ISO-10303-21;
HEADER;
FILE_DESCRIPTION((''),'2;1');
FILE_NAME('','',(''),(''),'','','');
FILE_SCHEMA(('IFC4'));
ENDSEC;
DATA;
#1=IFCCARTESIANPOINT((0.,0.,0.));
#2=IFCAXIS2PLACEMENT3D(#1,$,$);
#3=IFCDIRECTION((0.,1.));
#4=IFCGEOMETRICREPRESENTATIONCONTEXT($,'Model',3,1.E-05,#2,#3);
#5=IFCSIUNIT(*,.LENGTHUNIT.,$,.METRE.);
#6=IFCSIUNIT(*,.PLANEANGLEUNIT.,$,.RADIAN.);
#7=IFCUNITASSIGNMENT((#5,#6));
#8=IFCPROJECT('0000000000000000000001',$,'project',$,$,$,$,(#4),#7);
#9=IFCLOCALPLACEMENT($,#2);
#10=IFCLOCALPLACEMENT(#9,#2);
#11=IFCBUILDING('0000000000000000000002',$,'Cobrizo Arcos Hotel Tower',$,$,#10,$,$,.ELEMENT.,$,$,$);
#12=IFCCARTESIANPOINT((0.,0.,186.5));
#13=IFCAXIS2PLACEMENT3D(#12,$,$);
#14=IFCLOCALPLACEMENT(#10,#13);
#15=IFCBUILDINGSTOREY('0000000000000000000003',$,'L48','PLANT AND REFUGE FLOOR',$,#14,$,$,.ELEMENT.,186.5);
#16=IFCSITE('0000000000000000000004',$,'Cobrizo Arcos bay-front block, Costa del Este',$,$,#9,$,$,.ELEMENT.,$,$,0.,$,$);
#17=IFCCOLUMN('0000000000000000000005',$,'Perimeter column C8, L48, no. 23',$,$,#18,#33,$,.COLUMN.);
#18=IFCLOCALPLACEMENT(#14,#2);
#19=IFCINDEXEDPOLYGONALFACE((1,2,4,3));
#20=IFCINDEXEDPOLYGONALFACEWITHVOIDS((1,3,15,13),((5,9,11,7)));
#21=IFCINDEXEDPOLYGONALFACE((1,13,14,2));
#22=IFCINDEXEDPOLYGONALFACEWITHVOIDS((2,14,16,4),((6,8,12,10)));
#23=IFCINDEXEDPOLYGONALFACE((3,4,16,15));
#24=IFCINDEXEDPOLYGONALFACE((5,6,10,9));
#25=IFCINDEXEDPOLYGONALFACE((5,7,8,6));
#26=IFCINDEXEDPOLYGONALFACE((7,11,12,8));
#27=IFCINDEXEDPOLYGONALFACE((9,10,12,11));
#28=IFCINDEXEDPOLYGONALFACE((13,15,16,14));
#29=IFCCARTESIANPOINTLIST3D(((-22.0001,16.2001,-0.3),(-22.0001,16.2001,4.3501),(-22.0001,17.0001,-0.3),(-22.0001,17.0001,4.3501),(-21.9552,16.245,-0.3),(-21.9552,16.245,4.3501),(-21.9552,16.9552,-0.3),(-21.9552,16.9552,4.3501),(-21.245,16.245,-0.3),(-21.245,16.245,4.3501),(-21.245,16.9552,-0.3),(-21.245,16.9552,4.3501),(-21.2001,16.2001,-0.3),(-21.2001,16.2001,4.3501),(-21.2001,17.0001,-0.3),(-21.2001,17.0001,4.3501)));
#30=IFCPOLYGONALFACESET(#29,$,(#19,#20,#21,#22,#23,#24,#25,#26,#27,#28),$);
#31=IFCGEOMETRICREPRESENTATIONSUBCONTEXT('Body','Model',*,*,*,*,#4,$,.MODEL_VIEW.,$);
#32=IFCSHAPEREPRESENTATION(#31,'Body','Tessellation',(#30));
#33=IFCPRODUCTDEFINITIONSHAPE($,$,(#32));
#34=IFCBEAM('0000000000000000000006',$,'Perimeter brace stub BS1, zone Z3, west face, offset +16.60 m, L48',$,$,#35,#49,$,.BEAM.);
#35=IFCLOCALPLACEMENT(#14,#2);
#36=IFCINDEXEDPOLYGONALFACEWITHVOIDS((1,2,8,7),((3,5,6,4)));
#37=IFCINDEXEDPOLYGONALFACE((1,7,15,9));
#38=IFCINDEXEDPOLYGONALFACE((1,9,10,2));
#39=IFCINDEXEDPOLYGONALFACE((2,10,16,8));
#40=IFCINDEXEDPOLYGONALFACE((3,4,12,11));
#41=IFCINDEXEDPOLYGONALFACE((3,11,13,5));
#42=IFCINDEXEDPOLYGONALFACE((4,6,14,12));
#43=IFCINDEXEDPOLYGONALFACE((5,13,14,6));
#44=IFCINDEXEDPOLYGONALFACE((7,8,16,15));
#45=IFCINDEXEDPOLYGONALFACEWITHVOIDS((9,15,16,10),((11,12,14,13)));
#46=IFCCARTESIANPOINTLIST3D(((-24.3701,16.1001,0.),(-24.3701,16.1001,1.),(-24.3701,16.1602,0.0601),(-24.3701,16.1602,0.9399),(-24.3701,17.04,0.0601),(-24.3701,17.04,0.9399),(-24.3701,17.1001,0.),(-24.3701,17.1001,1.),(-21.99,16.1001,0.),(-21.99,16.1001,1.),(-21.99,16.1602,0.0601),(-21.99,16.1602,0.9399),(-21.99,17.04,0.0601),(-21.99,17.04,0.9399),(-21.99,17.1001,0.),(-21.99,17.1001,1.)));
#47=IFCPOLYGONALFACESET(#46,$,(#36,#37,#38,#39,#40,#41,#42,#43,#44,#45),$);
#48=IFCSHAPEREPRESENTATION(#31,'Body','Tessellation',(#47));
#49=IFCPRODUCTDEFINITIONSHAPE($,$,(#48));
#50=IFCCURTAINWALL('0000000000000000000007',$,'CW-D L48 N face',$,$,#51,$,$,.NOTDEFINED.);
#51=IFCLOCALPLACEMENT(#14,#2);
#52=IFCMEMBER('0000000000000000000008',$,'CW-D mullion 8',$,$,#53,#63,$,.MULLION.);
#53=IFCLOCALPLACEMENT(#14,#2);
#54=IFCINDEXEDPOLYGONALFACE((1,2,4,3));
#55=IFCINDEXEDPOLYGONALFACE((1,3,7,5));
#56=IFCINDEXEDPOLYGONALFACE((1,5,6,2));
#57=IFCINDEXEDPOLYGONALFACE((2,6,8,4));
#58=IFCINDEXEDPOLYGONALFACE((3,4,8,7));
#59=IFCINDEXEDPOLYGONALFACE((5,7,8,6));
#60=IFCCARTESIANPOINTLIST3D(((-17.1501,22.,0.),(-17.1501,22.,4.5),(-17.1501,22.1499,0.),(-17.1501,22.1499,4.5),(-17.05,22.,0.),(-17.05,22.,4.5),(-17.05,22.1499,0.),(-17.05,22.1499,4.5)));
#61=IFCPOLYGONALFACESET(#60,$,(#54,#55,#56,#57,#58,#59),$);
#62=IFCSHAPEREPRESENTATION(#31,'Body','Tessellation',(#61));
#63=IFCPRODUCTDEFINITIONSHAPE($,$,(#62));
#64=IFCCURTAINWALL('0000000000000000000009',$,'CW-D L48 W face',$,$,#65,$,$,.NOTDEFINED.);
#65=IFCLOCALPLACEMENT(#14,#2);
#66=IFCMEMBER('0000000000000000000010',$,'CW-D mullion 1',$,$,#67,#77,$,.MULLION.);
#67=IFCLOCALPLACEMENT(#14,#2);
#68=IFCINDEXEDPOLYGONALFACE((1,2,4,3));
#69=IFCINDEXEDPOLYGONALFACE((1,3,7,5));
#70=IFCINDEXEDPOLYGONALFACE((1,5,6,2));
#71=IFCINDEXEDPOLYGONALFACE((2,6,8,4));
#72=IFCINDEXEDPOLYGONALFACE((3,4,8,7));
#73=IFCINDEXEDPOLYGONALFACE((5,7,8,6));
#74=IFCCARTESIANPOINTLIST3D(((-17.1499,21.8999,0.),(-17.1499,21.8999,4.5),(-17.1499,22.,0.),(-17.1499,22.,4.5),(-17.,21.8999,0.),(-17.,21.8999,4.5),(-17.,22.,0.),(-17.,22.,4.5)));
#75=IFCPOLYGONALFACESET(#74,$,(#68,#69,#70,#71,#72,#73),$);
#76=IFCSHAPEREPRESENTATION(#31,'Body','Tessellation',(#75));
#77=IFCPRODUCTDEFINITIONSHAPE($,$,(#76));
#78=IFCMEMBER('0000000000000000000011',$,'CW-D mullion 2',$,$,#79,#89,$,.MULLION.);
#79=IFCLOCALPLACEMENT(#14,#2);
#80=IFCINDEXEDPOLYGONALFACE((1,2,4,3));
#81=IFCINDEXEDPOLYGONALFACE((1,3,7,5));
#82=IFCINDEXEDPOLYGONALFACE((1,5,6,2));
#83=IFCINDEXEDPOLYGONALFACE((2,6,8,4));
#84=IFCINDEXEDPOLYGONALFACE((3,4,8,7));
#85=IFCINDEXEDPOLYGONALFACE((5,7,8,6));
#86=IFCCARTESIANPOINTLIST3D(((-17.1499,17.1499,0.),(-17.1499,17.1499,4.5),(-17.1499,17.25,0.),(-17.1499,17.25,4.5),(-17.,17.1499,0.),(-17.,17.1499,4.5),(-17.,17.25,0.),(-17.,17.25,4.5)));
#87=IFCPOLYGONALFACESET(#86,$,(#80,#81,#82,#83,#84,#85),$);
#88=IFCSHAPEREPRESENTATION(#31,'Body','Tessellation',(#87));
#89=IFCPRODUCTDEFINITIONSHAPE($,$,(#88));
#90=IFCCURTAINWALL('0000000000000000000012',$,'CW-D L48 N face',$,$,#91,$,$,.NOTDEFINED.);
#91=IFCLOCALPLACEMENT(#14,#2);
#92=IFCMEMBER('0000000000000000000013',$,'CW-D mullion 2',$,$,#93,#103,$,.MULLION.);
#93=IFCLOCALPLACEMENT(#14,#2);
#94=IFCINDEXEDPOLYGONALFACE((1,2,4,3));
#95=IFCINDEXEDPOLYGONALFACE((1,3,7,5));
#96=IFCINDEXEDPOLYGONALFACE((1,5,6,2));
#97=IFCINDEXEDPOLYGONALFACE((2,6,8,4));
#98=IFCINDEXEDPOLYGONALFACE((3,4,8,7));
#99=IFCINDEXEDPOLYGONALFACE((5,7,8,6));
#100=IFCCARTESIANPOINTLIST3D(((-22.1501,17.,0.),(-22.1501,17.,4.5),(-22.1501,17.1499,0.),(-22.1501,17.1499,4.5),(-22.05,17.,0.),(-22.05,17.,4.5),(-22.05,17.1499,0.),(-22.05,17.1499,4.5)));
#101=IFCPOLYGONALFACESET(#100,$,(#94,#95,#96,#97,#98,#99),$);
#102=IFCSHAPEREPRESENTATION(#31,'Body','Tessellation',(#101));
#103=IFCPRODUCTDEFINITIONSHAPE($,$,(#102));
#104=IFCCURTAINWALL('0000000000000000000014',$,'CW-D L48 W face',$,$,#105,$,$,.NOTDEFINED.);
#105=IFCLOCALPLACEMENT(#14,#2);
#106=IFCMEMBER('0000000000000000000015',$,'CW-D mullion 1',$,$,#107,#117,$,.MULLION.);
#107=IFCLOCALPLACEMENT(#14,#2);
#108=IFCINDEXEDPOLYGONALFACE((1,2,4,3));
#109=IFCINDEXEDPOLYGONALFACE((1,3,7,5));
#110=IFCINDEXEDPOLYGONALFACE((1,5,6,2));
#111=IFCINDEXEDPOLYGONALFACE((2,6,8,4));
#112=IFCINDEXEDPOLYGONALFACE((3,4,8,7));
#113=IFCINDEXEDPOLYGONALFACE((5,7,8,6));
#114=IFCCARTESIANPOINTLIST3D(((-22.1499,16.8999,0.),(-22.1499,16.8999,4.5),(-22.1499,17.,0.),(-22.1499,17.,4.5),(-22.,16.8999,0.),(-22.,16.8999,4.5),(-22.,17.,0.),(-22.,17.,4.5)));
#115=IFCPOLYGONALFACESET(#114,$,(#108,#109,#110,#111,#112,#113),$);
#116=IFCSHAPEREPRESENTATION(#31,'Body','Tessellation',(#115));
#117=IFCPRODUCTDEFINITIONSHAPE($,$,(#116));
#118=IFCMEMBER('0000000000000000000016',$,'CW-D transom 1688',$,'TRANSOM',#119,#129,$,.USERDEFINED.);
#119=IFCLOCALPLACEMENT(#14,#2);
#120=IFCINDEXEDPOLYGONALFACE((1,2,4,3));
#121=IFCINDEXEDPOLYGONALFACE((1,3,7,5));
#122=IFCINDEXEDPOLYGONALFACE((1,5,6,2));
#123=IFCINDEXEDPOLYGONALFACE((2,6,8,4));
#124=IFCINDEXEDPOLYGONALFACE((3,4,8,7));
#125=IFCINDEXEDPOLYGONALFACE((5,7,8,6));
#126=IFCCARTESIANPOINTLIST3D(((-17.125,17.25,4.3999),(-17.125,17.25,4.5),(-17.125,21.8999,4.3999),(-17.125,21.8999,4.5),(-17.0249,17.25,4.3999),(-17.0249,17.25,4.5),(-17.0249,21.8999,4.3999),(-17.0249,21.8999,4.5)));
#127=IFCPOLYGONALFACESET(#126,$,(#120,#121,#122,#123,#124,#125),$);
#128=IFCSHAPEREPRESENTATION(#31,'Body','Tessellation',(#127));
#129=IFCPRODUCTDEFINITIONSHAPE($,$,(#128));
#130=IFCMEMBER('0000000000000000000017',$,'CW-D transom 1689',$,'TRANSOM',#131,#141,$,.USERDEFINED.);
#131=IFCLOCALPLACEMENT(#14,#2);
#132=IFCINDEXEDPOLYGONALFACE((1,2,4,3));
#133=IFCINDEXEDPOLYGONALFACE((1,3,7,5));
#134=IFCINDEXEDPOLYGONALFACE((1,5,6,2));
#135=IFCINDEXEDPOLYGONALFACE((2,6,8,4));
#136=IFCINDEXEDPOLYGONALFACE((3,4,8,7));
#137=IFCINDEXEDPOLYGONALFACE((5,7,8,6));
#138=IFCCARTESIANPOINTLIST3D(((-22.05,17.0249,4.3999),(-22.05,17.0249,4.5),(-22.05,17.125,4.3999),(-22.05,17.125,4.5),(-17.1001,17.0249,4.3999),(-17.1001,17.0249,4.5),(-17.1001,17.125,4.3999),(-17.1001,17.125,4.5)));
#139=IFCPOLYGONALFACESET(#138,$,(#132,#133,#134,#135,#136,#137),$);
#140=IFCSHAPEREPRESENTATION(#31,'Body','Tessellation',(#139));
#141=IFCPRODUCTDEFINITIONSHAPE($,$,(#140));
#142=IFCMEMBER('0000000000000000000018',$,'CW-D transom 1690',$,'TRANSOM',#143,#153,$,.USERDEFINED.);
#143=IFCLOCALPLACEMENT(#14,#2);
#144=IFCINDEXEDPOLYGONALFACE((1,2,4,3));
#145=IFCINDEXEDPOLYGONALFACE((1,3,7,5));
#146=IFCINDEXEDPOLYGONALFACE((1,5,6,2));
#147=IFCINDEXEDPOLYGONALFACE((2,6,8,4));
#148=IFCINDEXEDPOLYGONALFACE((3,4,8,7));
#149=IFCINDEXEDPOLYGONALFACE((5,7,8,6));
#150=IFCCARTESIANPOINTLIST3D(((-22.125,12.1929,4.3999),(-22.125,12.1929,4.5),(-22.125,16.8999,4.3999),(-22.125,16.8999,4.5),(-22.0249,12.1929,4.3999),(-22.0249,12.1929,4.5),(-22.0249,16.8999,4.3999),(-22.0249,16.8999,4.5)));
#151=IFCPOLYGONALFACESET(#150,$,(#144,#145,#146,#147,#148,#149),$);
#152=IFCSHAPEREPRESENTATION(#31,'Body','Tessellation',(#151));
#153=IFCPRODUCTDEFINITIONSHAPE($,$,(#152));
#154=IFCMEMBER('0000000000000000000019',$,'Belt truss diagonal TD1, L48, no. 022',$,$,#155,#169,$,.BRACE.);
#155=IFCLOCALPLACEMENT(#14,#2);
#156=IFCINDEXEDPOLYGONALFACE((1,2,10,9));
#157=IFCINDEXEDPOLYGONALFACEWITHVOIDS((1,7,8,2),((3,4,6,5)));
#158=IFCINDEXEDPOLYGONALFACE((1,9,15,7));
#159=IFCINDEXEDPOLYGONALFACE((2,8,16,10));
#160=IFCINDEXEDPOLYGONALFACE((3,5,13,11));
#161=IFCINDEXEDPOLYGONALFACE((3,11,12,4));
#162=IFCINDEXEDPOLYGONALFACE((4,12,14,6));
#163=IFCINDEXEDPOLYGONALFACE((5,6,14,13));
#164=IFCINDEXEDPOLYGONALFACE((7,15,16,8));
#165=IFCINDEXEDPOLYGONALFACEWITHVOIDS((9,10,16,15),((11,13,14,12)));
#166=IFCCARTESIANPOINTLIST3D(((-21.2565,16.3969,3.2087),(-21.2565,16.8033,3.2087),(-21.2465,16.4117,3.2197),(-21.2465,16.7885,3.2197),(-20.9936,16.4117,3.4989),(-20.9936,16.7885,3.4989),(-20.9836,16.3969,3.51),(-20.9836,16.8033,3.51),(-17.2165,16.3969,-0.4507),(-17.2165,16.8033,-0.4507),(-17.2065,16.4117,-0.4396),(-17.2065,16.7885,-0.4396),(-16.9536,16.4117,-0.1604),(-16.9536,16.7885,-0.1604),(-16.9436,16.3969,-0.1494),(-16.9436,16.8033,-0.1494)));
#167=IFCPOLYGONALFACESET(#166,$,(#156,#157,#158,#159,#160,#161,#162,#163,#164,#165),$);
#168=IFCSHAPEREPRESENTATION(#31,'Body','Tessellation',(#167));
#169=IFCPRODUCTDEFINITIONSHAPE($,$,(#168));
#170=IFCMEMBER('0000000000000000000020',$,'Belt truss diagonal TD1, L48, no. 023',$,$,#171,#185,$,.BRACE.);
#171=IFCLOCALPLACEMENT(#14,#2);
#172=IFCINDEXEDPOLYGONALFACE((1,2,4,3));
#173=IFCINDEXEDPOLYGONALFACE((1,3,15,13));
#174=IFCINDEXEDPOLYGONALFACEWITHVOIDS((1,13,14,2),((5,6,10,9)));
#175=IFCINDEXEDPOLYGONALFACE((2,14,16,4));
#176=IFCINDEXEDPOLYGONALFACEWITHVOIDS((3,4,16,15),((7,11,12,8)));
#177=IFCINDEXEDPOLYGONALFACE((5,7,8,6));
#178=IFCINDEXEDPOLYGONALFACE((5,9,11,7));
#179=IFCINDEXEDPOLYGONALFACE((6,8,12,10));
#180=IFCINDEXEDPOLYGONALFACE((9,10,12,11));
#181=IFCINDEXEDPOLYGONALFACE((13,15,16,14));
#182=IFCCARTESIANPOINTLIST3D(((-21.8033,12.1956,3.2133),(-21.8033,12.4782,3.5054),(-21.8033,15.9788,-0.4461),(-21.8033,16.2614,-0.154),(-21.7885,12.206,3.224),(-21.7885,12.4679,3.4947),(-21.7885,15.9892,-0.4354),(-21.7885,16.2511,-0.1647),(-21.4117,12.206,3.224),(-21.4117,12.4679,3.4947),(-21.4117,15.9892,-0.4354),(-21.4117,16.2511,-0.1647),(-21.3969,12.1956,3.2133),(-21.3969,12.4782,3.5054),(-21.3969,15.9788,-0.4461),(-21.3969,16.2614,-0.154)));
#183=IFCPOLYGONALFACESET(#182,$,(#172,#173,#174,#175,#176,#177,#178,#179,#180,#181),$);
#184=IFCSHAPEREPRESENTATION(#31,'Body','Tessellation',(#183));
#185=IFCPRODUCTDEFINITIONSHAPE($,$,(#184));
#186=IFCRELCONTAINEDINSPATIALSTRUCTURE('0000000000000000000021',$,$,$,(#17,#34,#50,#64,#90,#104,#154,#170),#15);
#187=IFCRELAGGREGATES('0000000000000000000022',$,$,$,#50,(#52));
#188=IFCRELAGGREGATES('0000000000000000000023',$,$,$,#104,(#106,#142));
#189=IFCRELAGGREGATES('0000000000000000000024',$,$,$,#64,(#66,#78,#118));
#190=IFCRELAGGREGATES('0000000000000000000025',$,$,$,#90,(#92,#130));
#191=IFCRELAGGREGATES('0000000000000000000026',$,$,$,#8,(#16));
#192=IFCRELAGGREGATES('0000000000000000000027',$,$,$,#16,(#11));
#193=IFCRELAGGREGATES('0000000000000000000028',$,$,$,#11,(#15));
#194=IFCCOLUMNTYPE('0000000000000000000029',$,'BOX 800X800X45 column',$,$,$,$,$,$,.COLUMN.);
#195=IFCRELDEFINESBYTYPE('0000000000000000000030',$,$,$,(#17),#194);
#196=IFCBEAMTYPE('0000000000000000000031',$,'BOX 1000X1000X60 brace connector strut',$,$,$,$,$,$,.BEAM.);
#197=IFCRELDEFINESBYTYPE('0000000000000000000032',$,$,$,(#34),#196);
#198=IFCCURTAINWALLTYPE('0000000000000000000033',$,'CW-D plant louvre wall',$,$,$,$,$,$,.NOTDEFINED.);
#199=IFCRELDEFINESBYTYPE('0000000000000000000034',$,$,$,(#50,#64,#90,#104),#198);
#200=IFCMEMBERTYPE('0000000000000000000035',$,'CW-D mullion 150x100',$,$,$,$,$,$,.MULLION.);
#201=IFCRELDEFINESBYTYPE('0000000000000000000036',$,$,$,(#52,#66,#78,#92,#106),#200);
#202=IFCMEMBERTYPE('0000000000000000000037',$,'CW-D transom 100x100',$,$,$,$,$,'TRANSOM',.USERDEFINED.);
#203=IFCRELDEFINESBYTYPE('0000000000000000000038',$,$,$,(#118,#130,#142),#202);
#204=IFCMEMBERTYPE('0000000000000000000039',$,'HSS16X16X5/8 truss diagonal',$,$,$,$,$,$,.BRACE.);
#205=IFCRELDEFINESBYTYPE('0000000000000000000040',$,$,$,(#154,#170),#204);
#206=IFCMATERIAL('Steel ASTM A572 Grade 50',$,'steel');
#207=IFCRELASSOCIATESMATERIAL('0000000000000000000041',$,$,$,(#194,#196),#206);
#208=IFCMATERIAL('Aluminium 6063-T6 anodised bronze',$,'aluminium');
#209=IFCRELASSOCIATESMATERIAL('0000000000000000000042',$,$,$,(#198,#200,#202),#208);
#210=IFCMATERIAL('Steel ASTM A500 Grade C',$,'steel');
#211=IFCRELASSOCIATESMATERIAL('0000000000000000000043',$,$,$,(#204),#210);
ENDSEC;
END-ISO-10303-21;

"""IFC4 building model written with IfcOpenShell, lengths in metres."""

from ifc_helpers import new_model, si_unit, direction, frame, origin, origin_2d, place, context, subcontext, project, spatial, rectangle, hollow_rectangle, extrude, material, material_profile, profile_set, type_object, element, aggregate, save


model = new_model("IFC4")

# Units and contexts
model_context = context("Model", 3, precision=1e-05, world=origin(), true_north=direction((0.0, 1.0)))
body_context = subcontext(model_context, "Body", "Model", "MODEL_VIEW")
ifc_project = project(units=[si_unit("LENGTHUNIT", "METRE"), si_unit("PLANEANGLEUNIT", "RADIAN")], contexts=[model_context])

# Site, building, storey
site_placement = place(None, origin())
site = spatial("IfcSite", under=ifc_project, at=site_placement, Name="Cobrizo Arcos bay-front block, Costa del Este", CompositionType="ELEMENT", RefElevation=0.0)
building_placement = place(site_placement, origin())
building = spatial("IfcBuilding", under=site, at=building_placement, Name="Cobrizo Arcos Hotel Tower", CompositionType="ELEMENT")
storey_placement = place(building_placement, frame((0.0, 0.0, 186.5)))
storey = spatial("IfcBuildingStorey", under=building, at=storey_placement, Name="L48", Description="PLANT AND REFUGE FLOOR", CompositionType="ELEMENT", Elevation=186.5)

# Column
ifc_material_1 = material(Name="Steel ASTM A572 Grade 50", Category="steel")
ifc_material_profile_1 = material_profile(ifc_material_1, hollow_rectangle(XDim=0.8, YDim=0.8, WallThickness=0.0449, at=origin_2d()), Name="BOX 800X800X45")
ifc_profile_set_1 = profile_set([ifc_material_profile_1], Name="Steel ASTM A572 Grade 50")
column_type = type_object("IfcColumnType", Name="BOX 800X800X45 column", PredefinedType="COLUMN", material=ifc_profile_set_1)
column_placement = place(storey_placement, frame((-21.6001, 16.6001, -0.3), z_axis=(0.0, 0.0, 1.0), x_axis=(1.0, 0.0, 0.0)))
element("IfcColumn", 1, at=column_placement, inside=storey, type_object=column_type, Name="Perimeter column C8, L48, no. 23", PredefinedType="COLUMN", context=body_context, shape_type="SweptSolid", body=[
    extrude(hollow_rectangle(XDim=0.8, YDim=0.8, WallThickness=0.0449, at=origin_2d()), origin(), (0.0, 0.0, 1.0), 4.6501),
])

# Beam
ifc_material_profile_2 = material_profile(ifc_material_1, hollow_rectangle(XDim=1.0, YDim=1.0, WallThickness=0.0601, at=origin_2d()), Name="BOX 1000X1000X60")
ifc_profile_set_2 = profile_set([ifc_material_profile_2], Name="Steel ASTM A572 Grade 50")
beam_type_1 = type_object("IfcBeamType", Name="BOX 1000X1000X60 brace connector strut", PredefinedType="BEAM", material=ifc_profile_set_2)
beam_1_placement = place(storey_placement, frame((-21.99, 16.6001, 0.5), z_axis=(-1.0, 0.0, 0.0), x_axis=(0.0, -1.0, 0.0)))
element("IfcBeam", 2, at=beam_1_placement, inside=storey, type_object=beam_type_1, Name="Perimeter brace stub BS1, zone Z3, west face, offset +16.60 m, L48", PredefinedType="BEAM", context=body_context, shape_type="SweptSolid", body=[
    extrude(hollow_rectangle(XDim=1.0, YDim=1.0, WallThickness=0.0601, at=origin_2d()), origin(), (0.0, 0.0, 1.0), 2.3801),
])

# Curtain wall, member
ifc_material_2 = material(Name="Aluminium 6063-T6 anodised bronze", Category="aluminium")
curtain_wall_type = type_object("IfcCurtainWallType", Name="CW-D plant louvre wall", PredefinedType="NOTDEFINED", material=ifc_material_2)
curtain_wall_1_placement = place(storey_placement, origin())
curtain_wall_1 = element("IfcCurtainWall", 3, at=curtain_wall_1_placement, inside=storey, type_object=curtain_wall_type, Name="CW-D L48 N face", PredefinedType="NOTDEFINED")
ifc_material_profile_3 = material_profile(ifc_material_2, rectangle(XDim=0.1499, YDim=0.1001, at=origin_2d()), Name="CW-D mullion 150x100")
ifc_profile_set_3 = profile_set([ifc_material_profile_3], Name="Aluminium 6063-T6 anodised bronze")
member_type_1 = type_object("IfcMemberType", Name="CW-D mullion 150x100", PredefinedType="MULLION", material=ifc_profile_set_3)
member_1_placement = place(storey_placement, frame((-17.1001, 22.075, 0.0), z_axis=(0.0, 0.0, 1.0), x_axis=(0.0, 1.0, 0.0)))
member_1 = element("IfcMember", 4, at=member_1_placement, type_object=member_type_1, Name="CW-D mullion 8", PredefinedType="MULLION", context=body_context, shape_type="SweptSolid", body=[
    extrude(rectangle(XDim=0.1499, YDim=0.1001, at=origin_2d()), origin(), (0.0, 0.0, 1.0), 4.5),
])
aggregate(curtain_wall_1, [member_1])

# Curtain wall, members
curtain_wall_2_placement = place(storey_placement, origin())
curtain_wall_2 = element("IfcCurtainWall", 5, at=curtain_wall_2_placement, inside=storey, type_object=curtain_wall_type, Name="CW-D L48 W face", PredefinedType="NOTDEFINED")
member_2_placement = place(storey_placement, frame((-17.075, 21.95, 0.0), z_axis=(0.0, 0.0, 1.0), x_axis=(-1.0, 0.0, 0.0)))
member_2 = element("IfcMember", 6, at=member_2_placement, type_object=member_type_1, Name="CW-D mullion 1", PredefinedType="MULLION", context=body_context, shape_type="SweptSolid", body=[
    extrude(rectangle(XDim=0.1499, YDim=0.1001, at=origin_2d()), origin(), (0.0, 0.0, 1.0), 4.5),
])
member_3_placement = place(storey_placement, frame((-17.075, 17.2, 0.0), z_axis=(0.0, 0.0, 1.0), x_axis=(-1.0, 0.0, 0.0)))
member_3 = element("IfcMember", 7, at=member_3_placement, type_object=member_type_1, Name="CW-D mullion 2", PredefinedType="MULLION", context=body_context, shape_type="SweptSolid", body=[
    extrude(rectangle(XDim=0.1499, YDim=0.1001, at=origin_2d()), origin(), (0.0, 0.0, 1.0), 4.5),
])

# Curtain walls, members
curtain_wall_3_placement = place(storey_placement, origin())
curtain_wall_3 = element("IfcCurtainWall", 8, at=curtain_wall_3_placement, inside=storey, type_object=curtain_wall_type, Name="CW-D L48 N face", PredefinedType="NOTDEFINED")
member_4_placement = place(storey_placement, frame((-22.1001, 17.075, 0.0), z_axis=(0.0, 0.0, 1.0), x_axis=(0.0, 1.0, 0.0)))
member_4 = element("IfcMember", 9, at=member_4_placement, type_object=member_type_1, Name="CW-D mullion 2", PredefinedType="MULLION", context=body_context, shape_type="SweptSolid", body=[
    extrude(rectangle(XDim=0.1499, YDim=0.1001, at=origin_2d()), origin(), (0.0, 0.0, 1.0), 4.5),
])
curtain_wall_4_placement = place(storey_placement, origin())
curtain_wall_4 = element("IfcCurtainWall", 10, at=curtain_wall_4_placement, inside=storey, type_object=curtain_wall_type, Name="CW-D L48 W face", PredefinedType="NOTDEFINED")
member_5_placement = place(storey_placement, frame((-22.075, 16.95, 0.0), z_axis=(0.0, 0.0, 1.0), x_axis=(-1.0, 0.0, 0.0)))
member_5 = element("IfcMember", 11, at=member_5_placement, type_object=member_type_1, Name="CW-D mullion 1", PredefinedType="MULLION", context=body_context, shape_type="SweptSolid", body=[
    extrude(rectangle(XDim=0.1499, YDim=0.1001, at=origin_2d()), origin(), (0.0, 0.0, 1.0), 4.5),
])

# Members
ifc_material_profile_4 = material_profile(ifc_material_2, rectangle(XDim=0.1001, YDim=0.1001, at=origin_2d()), Name="CW-D transom 100x100")
ifc_profile_set_4 = profile_set([ifc_material_profile_4], Name="Aluminium 6063-T6 anodised bronze")
member_type_2 = type_object("IfcMemberType", Name="CW-D transom 100x100", ElementType="TRANSOM", PredefinedType="USERDEFINED", material=ifc_profile_set_4)
member_6_placement = place(storey_placement, frame((-17.075, 21.8999, 4.45), z_axis=(0.0, -1.0, 0.0), x_axis=(1.0, 0.0, 0.0)))
member_6 = element("IfcMember", 12, at=member_6_placement, type_object=member_type_2, Name="CW-D transom 1688", ObjectType="TRANSOM", PredefinedType="USERDEFINED", context=body_context, shape_type="SweptSolid", body=[
    extrude(rectangle(XDim=0.1001, YDim=0.1001, at=origin_2d()), origin(), (0.0, 0.0, 1.0), 4.6499),
])
member_7_placement = place(storey_placement, frame((-17.1001, 17.075, 4.45), z_axis=(-1.0, 0.0, 0.0), x_axis=(0.0, -1.0, 0.0)))
member_7 = element("IfcMember", 13, at=member_7_placement, type_object=member_type_2, Name="CW-D transom 1689", ObjectType="TRANSOM", PredefinedType="USERDEFINED", context=body_context, shape_type="SweptSolid", body=[
    extrude(rectangle(XDim=0.1001, YDim=0.1001, at=origin_2d()), origin(), (0.0, 0.0, 1.0), 4.95),
])
member_8_placement = place(storey_placement, frame((-22.075, 16.8999, 4.45), z_axis=(0.0, -1.0, 0.0), x_axis=(1.0, 0.0, 0.0)))
member_8 = element("IfcMember", 14, at=member_8_placement, type_object=member_type_2, Name="CW-D transom 1690", ObjectType="TRANSOM", PredefinedType="USERDEFINED", context=body_context, shape_type="SweptSolid", body=[
    extrude(rectangle(XDim=0.1001, YDim=0.1001, at=origin_2d()), origin(), (0.0, 0.0, 1.0), 4.707),
])
aggregate(curtain_wall_4, [member_5, member_8])

# Members
ifc_material_3 = material(Name="Steel ASTM A500 Grade C", Category="steel")
ifc_material_profile_5 = material_profile(ifc_material_3, hollow_rectangle(XDim=0.4065, YDim=0.4065, WallThickness=0.0149, at=origin_2d()), Name="HSS16X16X5/8")
ifc_profile_set_5 = profile_set([ifc_material_profile_5], Name="Steel ASTM A500 Grade C")
member_type_3 = type_object("IfcMemberType", Name="HSS16X16X5/8 truss diagonal", PredefinedType="BRACE", material=ifc_profile_set_5)
member_9_placement = place(storey_placement, frame((-17.0801, 16.6001, -0.3), z_axis=(-0.741157, 0.0, 0.671332), x_axis=(0.0, -1.0, 0.0)))
element("IfcMember", 15, at=member_9_placement, inside=storey, type_object=member_type_3, Name="Belt truss diagonal TD1, L48, no. 022", PredefinedType="BRACE", context=body_context, shape_type="SweptSolid", body=[
    extrude(hollow_rectangle(XDim=0.4065, YDim=0.4065, WallThickness=0.0149, at=origin_2d()), origin(), (0.0, 0.0, 1.0), 5.4509),
])
member_10_placement = place(storey_placement, frame((-21.6001, 16.1201, -0.3), z_axis=(0.0, -0.718767, 0.695251), x_axis=(1.0, 0.0, 0.0)))
element("IfcMember", 16, at=member_10_placement, inside=storey, type_object=member_type_3, Name="Belt truss diagonal TD1, L48, no. 023", PredefinedType="BRACE", context=body_context, shape_type="SweptSolid", body=[
    extrude(hollow_rectangle(XDim=0.4065, YDim=0.4065, WallThickness=0.0149, at=origin_2d()), origin(), (0.0, 0.0, 1.0), 5.2634),
])

aggregate(curtain_wall_2, [member_2, member_3, member_6])
aggregate(curtain_wall_3, [member_4, member_7])

save(model, "model.ifc")
